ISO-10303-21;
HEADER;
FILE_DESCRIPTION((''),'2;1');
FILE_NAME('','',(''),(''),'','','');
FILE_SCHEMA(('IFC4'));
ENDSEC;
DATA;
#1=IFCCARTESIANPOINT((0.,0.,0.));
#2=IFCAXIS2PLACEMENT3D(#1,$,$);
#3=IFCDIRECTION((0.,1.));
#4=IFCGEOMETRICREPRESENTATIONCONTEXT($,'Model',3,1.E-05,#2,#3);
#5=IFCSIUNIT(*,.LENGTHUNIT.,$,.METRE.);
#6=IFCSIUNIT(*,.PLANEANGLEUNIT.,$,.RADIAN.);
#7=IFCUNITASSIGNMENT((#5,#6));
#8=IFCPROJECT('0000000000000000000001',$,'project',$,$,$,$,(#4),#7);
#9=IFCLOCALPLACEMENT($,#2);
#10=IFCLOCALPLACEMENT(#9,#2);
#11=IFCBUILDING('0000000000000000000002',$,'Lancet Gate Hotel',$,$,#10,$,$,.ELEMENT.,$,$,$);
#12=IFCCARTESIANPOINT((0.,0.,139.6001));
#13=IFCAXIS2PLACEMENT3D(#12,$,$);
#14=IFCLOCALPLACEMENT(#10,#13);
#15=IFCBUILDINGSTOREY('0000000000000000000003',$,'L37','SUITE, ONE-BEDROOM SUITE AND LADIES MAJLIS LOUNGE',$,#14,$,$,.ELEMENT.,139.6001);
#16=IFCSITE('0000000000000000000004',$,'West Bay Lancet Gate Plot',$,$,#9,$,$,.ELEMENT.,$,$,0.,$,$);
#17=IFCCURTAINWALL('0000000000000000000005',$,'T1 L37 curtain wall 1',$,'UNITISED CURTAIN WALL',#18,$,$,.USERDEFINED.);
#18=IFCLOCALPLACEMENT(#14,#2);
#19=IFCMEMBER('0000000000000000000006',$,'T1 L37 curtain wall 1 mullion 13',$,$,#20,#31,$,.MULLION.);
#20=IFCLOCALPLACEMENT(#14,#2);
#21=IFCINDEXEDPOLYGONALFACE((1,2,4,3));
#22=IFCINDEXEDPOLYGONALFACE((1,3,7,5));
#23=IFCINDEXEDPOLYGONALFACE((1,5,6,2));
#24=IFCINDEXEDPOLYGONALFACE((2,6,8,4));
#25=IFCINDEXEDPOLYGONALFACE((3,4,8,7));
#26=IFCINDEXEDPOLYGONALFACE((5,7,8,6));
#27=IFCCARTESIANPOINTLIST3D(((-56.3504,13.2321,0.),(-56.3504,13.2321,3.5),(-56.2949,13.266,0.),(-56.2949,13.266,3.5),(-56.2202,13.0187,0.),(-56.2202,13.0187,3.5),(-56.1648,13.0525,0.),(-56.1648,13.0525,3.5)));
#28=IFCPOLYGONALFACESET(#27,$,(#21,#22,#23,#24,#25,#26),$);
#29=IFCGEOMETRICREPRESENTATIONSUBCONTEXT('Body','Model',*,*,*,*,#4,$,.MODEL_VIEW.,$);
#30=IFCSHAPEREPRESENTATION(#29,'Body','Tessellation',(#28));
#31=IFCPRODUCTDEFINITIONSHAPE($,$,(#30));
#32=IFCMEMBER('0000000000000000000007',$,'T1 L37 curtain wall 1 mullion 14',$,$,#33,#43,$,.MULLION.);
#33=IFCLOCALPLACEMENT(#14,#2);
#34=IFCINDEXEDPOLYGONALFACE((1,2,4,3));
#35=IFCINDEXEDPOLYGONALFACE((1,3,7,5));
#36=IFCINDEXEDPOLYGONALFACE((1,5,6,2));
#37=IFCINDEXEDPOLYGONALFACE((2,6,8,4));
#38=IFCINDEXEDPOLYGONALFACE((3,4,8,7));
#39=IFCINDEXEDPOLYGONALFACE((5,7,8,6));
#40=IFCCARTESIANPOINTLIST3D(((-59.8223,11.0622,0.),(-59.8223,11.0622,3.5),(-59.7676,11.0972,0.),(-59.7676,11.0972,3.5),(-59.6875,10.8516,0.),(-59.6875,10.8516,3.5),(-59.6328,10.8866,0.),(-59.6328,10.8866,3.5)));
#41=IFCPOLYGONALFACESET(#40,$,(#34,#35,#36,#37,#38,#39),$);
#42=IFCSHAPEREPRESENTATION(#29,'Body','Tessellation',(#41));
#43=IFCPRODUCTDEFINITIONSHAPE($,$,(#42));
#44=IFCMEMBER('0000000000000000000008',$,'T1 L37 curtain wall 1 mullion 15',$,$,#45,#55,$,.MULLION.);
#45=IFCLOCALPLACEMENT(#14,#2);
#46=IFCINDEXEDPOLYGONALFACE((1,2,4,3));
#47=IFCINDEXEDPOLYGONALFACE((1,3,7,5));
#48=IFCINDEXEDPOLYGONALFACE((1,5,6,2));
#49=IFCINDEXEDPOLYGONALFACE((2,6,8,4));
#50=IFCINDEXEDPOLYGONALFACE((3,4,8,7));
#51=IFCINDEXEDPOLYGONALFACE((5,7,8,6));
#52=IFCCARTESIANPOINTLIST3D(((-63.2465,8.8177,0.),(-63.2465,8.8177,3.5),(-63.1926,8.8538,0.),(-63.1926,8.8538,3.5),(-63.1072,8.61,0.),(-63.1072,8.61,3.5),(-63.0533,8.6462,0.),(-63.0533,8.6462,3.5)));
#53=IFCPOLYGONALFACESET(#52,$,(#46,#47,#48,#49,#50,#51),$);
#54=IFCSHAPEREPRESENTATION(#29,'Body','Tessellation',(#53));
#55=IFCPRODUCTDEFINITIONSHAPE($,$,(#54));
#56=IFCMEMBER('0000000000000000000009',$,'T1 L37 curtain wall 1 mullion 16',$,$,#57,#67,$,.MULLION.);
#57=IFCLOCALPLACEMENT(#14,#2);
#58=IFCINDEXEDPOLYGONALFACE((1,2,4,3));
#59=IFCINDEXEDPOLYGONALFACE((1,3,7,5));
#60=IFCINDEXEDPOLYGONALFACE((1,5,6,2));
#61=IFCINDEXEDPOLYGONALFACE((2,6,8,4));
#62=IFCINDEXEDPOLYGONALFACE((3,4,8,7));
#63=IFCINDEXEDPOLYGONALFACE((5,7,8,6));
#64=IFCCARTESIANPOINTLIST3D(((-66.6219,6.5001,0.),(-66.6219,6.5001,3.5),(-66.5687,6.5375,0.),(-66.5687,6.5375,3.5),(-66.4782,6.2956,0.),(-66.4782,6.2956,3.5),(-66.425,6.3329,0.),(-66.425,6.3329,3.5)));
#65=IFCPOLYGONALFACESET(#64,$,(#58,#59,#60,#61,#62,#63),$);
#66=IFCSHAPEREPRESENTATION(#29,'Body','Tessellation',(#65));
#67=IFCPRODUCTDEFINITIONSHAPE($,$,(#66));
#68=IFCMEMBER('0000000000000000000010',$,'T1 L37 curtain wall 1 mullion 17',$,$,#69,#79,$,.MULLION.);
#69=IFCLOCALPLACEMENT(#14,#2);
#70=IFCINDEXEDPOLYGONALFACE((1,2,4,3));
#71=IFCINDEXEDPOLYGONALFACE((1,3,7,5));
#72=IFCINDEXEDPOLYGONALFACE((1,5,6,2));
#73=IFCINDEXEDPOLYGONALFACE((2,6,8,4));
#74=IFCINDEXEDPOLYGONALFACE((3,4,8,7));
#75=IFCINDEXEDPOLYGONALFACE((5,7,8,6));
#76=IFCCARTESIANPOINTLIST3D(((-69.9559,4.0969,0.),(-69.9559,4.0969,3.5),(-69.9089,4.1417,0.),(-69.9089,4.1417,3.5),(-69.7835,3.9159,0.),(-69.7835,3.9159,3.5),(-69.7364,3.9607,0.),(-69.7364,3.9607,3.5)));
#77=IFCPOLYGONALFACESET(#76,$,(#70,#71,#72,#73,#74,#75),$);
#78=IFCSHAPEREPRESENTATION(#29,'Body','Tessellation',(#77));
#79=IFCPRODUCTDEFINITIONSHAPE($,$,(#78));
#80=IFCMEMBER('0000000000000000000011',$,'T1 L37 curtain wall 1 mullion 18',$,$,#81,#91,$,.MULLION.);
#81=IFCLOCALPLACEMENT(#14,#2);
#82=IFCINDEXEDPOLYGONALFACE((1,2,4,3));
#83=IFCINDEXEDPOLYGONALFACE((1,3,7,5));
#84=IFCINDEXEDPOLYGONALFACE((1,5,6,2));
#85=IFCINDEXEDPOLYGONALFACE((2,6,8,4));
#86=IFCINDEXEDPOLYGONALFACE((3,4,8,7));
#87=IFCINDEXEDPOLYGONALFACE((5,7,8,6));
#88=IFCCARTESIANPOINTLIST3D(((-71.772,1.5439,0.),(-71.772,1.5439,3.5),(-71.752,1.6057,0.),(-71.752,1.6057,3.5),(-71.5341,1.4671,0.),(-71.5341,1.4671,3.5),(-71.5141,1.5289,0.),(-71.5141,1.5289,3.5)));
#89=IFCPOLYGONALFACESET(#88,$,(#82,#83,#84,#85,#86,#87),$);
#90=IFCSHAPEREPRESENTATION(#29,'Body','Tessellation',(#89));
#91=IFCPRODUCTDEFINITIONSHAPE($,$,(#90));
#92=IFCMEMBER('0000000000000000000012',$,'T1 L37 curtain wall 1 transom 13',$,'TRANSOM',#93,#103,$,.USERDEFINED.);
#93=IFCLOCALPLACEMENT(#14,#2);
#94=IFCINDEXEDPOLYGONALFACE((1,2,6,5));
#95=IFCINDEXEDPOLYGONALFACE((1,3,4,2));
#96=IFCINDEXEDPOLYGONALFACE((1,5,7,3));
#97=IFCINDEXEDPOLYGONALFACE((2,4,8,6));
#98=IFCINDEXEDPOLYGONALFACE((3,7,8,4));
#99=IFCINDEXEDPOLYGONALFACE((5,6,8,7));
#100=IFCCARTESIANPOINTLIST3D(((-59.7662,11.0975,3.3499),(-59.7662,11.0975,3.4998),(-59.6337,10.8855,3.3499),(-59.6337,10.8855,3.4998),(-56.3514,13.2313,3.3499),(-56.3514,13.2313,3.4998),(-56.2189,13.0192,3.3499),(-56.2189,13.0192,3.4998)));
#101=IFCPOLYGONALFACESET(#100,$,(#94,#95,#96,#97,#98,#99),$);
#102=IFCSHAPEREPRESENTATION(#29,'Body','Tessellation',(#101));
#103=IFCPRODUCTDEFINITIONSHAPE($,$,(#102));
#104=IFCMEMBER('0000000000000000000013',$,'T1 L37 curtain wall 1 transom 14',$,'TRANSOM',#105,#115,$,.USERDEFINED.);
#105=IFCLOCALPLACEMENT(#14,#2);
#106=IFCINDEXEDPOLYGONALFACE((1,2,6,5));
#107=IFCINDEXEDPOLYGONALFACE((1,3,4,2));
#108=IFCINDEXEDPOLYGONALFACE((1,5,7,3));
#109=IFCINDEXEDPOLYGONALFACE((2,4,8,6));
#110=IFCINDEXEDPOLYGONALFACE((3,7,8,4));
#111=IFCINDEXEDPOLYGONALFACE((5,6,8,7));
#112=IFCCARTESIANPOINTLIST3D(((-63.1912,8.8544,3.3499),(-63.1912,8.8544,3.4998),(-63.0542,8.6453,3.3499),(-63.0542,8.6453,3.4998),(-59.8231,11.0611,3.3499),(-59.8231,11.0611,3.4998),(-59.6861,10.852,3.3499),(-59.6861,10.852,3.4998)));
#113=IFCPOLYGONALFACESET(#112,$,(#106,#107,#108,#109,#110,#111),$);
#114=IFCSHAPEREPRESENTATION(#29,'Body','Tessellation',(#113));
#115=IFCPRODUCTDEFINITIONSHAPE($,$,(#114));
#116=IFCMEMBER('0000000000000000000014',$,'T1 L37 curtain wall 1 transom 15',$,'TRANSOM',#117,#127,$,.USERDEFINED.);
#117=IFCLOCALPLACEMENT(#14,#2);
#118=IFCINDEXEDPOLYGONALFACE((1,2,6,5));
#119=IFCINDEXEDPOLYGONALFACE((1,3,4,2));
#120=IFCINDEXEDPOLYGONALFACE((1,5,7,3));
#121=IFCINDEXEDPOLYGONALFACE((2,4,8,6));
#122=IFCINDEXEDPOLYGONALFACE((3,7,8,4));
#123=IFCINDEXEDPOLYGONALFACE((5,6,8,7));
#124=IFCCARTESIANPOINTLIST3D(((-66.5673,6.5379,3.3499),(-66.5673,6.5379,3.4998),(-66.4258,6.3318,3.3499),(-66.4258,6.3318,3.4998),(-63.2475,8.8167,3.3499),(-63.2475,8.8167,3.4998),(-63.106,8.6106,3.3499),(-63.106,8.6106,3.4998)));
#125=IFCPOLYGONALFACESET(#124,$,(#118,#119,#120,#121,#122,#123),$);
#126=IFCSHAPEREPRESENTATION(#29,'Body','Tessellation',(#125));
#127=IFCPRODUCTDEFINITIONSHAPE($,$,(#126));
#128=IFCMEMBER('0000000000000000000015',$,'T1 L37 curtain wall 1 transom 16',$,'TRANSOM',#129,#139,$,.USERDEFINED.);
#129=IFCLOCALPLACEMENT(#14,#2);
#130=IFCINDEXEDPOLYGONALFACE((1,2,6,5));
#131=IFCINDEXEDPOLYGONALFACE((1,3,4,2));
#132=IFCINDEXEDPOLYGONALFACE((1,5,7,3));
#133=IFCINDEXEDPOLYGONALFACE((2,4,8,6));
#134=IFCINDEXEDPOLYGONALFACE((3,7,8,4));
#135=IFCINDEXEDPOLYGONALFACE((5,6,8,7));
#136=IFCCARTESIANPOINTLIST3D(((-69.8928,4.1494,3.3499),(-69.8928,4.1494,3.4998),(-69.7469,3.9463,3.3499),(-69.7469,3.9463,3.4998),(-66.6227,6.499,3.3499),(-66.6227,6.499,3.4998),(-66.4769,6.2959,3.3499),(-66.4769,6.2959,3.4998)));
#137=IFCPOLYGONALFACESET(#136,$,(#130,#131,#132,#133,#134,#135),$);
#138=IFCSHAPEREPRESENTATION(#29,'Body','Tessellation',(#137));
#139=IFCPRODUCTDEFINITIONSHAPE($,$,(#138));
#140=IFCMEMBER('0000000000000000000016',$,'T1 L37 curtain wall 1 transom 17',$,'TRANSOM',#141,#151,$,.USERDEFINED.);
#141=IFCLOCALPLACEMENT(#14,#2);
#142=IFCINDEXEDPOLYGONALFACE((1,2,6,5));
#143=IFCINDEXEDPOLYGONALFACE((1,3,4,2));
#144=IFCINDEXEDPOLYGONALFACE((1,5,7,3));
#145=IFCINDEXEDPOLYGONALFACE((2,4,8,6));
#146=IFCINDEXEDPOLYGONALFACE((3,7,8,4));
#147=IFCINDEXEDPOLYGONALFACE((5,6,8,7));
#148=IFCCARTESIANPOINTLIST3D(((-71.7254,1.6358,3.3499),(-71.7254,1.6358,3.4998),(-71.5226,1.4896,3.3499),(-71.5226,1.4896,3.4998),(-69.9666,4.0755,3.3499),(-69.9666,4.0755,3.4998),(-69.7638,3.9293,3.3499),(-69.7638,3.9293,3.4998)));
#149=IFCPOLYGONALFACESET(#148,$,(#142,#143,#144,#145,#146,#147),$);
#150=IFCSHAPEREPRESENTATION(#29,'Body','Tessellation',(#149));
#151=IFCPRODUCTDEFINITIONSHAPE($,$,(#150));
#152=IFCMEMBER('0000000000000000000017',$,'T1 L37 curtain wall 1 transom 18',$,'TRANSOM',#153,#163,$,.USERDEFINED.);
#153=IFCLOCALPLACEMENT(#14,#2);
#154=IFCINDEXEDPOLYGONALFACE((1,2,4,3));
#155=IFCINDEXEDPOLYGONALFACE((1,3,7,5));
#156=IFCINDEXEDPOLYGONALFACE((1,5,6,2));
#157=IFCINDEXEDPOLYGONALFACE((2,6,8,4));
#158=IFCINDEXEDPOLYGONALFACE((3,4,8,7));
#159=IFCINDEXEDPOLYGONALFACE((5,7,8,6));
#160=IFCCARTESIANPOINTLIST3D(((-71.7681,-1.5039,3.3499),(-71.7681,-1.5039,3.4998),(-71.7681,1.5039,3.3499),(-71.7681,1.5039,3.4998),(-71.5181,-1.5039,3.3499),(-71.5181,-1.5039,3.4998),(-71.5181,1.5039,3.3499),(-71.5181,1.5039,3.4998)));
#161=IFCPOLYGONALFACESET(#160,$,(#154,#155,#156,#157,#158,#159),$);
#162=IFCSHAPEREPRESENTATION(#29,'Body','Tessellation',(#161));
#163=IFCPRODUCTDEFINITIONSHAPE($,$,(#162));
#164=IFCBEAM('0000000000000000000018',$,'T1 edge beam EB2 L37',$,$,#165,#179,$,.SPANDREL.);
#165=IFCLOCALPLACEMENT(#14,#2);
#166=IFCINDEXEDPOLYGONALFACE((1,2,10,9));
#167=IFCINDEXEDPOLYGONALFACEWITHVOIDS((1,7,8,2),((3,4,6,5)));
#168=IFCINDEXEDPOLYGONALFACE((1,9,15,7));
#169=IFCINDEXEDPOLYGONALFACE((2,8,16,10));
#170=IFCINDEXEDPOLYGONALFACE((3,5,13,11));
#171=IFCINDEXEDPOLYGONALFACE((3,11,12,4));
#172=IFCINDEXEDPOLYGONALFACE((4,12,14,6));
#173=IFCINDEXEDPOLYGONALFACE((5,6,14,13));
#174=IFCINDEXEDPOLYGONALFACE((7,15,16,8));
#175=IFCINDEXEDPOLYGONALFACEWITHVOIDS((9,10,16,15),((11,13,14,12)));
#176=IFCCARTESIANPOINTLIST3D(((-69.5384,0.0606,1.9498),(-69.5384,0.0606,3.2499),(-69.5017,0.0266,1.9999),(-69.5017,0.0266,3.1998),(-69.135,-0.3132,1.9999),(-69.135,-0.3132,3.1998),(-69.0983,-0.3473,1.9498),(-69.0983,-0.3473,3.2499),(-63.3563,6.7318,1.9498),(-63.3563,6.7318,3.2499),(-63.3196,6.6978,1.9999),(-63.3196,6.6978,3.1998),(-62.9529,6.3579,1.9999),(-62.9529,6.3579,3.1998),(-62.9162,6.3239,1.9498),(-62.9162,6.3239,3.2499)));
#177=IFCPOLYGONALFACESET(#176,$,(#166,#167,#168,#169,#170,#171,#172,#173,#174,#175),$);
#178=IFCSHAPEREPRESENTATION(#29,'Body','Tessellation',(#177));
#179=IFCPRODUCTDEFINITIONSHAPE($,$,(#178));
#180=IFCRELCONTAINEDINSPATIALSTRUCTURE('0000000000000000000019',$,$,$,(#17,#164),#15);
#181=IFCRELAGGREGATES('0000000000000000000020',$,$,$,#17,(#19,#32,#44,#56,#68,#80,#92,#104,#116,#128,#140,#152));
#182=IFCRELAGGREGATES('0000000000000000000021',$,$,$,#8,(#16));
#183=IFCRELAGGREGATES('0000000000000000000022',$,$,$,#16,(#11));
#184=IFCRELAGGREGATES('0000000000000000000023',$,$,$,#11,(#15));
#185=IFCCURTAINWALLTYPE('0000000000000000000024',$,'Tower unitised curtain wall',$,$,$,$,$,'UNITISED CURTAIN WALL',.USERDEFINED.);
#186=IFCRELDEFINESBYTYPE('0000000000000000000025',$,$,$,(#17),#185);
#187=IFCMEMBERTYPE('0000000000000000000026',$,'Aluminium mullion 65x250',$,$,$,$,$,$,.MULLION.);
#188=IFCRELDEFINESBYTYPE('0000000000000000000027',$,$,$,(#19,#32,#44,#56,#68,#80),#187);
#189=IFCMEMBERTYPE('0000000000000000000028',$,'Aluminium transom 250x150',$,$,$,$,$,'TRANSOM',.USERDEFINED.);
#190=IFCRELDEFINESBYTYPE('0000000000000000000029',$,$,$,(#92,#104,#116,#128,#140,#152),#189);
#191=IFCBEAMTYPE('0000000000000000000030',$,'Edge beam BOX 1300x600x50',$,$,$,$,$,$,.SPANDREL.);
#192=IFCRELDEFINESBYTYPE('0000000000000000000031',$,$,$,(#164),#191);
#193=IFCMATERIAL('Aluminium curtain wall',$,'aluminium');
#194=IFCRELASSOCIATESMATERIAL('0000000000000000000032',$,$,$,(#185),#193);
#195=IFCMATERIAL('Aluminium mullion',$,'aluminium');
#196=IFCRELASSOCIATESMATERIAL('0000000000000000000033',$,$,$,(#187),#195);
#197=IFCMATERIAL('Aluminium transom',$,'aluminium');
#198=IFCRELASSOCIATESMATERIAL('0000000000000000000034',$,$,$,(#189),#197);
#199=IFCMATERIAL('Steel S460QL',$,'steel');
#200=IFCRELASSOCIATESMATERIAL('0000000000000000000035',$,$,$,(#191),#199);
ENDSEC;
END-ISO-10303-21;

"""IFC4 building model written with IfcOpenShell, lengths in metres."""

from ifc_helpers import new_model, si_unit, direction, frame, origin, origin_2d, place, context, subcontext, project, spatial, rectangle, hollow_rectangle, extrude, material, material_profile, profile_set, type_object, element, aggregate, save


model = new_model("IFC4")

# Units and contexts
model_context = context("Model", 3, precision=1e-05, world=origin(), true_north=direction((0.0, 1.0)))
body_context = subcontext(model_context, "Body", "Model", "MODEL_VIEW")
ifc_project = project(units=[si_unit("LENGTHUNIT", "METRE"), si_unit("PLANEANGLEUNIT", "RADIAN")], contexts=[model_context])

# Site, building, storey
site_placement = place(None, origin())
site = spatial("IfcSite", under=ifc_project, at=site_placement, Name="West Bay Lancet Gate Plot", CompositionType="ELEMENT", RefElevation=0.0)
building_placement = place(site_placement, origin())
building = spatial("IfcBuilding", under=site, at=building_placement, Name="Lancet Gate Hotel", CompositionType="ELEMENT")
storey_placement = place(building_placement, frame((0.0, 0.0, 139.6001)))
storey = spatial("IfcBuildingStorey", under=building, at=storey_placement, Name="L37", Description="SUITE, ONE-BEDROOM SUITE AND LADIES MAJLIS LOUNGE", CompositionType="ELEMENT", Elevation=139.6001)

# Curtain wall, members
ifc_material_1 = material(Name="Aluminium curtain wall", Category="aluminium")
curtain_wall_type = type_object("IfcCurtainWallType", Name="Tower unitised curtain wall", ElementType="UNITISED CURTAIN WALL", PredefinedType="USERDEFINED", material=ifc_material_1)
curtain_wall_placement = place(storey_placement, origin())
curtain_wall = element("IfcCurtainWall", 1, at=curtain_wall_placement, inside=storey, type_object=curtain_wall_type, Name="T1 L37 curtain wall 1", ObjectType="UNITISED CURTAIN WALL", PredefinedType="USERDEFINED")
ifc_material_2 = material(Name="Aluminium mullion", Category="aluminium")
ifc_material_profile_1 = material_profile(ifc_material_2, rectangle(XDim=0.0649, YDim=0.25, at=origin_2d()), Name="MULLION 65x250")
ifc_profile_set_1 = profile_set([ifc_material_profile_1], Name="Aluminium mullion")
member_type_1 = type_object("IfcMemberType", Name="Aluminium mullion 65x250", PredefinedType="MULLION", material=ifc_profile_set_1)
member_1_placement = place(storey_placement, frame((-56.2576, 13.1423, 0.0), z_axis=(0.0, 0.0, 1.0), x_axis=(-0.853716, -0.520739, 0.0)))
member_1 = element("IfcMember", 2, at=member_1_placement, type_object=member_type_1, Name="T1 L37 curtain wall 1 mullion 13", PredefinedType="MULLION", context=body_context, shape_type="SweptSolid", body=[
    extrude(rectangle(XDim=0.0649, YDim=0.25, at=origin_2d()), origin(), (0.0, 0.0, 1.0), 3.5),
])
member_2_placement = place(storey_placement, frame((-59.7275, 10.9744, 0.0), z_axis=(0.0, 0.0, 1.0), x_axis=(-0.842308, -0.538996, 0.0)))
member_2 = element("IfcMember", 3, at=member_2_placement, type_object=member_type_1, Name="T1 L37 curtain wall 1 mullion 14", PredefinedType="MULLION", context=body_context, shape_type="SweptSolid", body=[
    extrude(rectangle(XDim=0.0649, YDim=0.25, at=origin_2d()), origin(), (0.0, 0.0, 1.0), 3.5),
])
member_3_placement = place(storey_placement, frame((-63.1499, 8.7319, 0.0), z_axis=(0.0, 0.0, 1.0), x_axis=(-0.83051, -0.557004, 0.0)))
member_3 = element("IfcMember", 4, at=member_3_placement, type_object=member_type_1, Name="T1 L37 curtain wall 1 mullion 15", PredefinedType="MULLION", context=body_context, shape_type="SweptSolid", body=[
    extrude(rectangle(XDim=0.0649, YDim=0.25, at=origin_2d()), origin(), (0.0, 0.0, 1.0), 3.5),
])
member_4_placement = place(storey_placement, frame((-66.5234, 6.4165, 0.0), z_axis=(0.0, 0.0, 1.0), x_axis=(-0.818327, -0.574753, 0.0)))
member_4 = element("IfcMember", 5, at=member_4_placement, type_object=member_type_1, Name="T1 L37 curtain wall 1 mullion 16", PredefinedType="MULLION", context=body_context, shape_type="SweptSolid", body=[
    extrude(rectangle(XDim=0.0649, YDim=0.25, at=origin_2d()), origin(), (0.0, 0.0, 1.0), 3.5),
])
member_5_placement = place(storey_placement, frame((-69.8462, 4.0288, 0.0), z_axis=(0.0, 0.0, 1.0), x_axis=(-0.723846, -0.689961, 0.0)))
member_5 = element("IfcMember", 6, at=member_5_placement, type_object=member_type_1, Name="T1 L37 curtain wall 1 mullion 17", PredefinedType="MULLION", context=body_context, shape_type="SweptSolid", body=[
    extrude(rectangle(XDim=0.0649, YDim=0.25, at=origin_2d()), origin(), (0.0, 0.0, 1.0), 3.5),
])
member_6_placement = place(storey_placement, frame((-71.6431, 1.5364, 0.0), z_axis=(0.0, 0.0, 1.0), x_axis=(-0.307269, -0.951623, 0.0)))
member_6 = element("IfcMember", 7, at=member_6_placement, type_object=member_type_1, Name="T1 L37 curtain wall 1 mullion 18", PredefinedType="MULLION", context=body_context, shape_type="SweptSolid", body=[
    extrude(rectangle(XDim=0.0649, YDim=0.25, at=origin_2d()), origin(), (0.0, 0.0, 1.0), 3.5),
])
ifc_material_3 = material(Name="Aluminium transom", Category="aluminium")
ifc_material_profile_2 = material_profile(ifc_material_3, rectangle(XDim=0.25, YDim=0.1499, at=origin_2d()), Name="TRANSOM 250x150")
ifc_profile_set_2 = profile_set([ifc_material_profile_2], Name="Aluminium transom")
member_type_2 = type_object("IfcMemberType", Name="Aluminium transom 250x150", ElementType="TRANSOM", PredefinedType="USERDEFINED", material=ifc_profile_set_2)
member_7_placement = place(storey_placement, frame((-56.2852, 13.1252, 3.4248), z_axis=(-0.848049, -0.529917, 0.0), x_axis=(0.529917, -0.848049, 0.0)))
member_7 = element("IfcMember", 8, at=member_7_placement, type_object=member_type_2, Name="T1 L37 curtain wall 1 transom 13", ObjectType="TRANSOM", PredefinedType="USERDEFINED", context=body_context, shape_type="SweptSolid", body=[
    extrude(rectangle(XDim=0.25, YDim=0.1499, at=origin_2d()), origin(), (0.0, 0.0, 1.0), 4.0266),
])
member_8_placement = place(storey_placement, frame((-59.7546, 10.9565, 3.4248), z_axis=(-0.836454, -0.548036, 0.0), x_axis=(0.548036, -0.836454, 0.0)))
member_8 = element("IfcMember", 9, at=member_8_placement, type_object=member_type_2, Name="T1 L37 curtain wall 1 transom 14", ObjectType="TRANSOM", PredefinedType="USERDEFINED", context=body_context, shape_type="SweptSolid", body=[
    extrude(rectangle(XDim=0.25, YDim=0.1499, at=origin_2d()), origin(), (0.0, 0.0, 1.0), 4.0266),
])
member_9_placement = place(storey_placement, frame((-63.1768, 8.7136, 3.4248), z_axis=(-0.824456, -0.565927, 0.0), x_axis=(0.565927, -0.824456, 0.0)))
member_9 = element("IfcMember", 10, at=member_9_placement, type_object=member_type_2, Name="T1 L37 curtain wall 1 transom 15", ObjectType="TRANSOM", PredefinedType="USERDEFINED", context=body_context, shape_type="SweptSolid", body=[
    extrude(rectangle(XDim=0.25, YDim=0.1499, at=origin_2d()), origin(), (0.0, 0.0, 1.0), 4.0266),
])
member_10_placement = place(storey_placement, frame((-66.5498, 6.3975, 3.4248), z_axis=(-0.8121, -0.583519, 0.0), x_axis=(0.583519, -0.8121, 0.0)))
member_10 = element("IfcMember", 11, at=member_10_placement, type_object=member_type_2, Name="T1 L37 curtain wall 1 transom 16", ObjectType="TRANSOM", PredefinedType="USERDEFINED", context=body_context, shape_type="SweptSolid", body=[
    extrude(rectangle(XDim=0.25, YDim=0.1499, at=origin_2d()), origin(), (0.0, 0.0, 1.0), 4.0266),
])
member_11_placement = place(storey_placement, frame((-69.8652, 4.0024, 3.4248), z_axis=(-0.584788, -0.811186, 0.0), x_axis=(0.811186, -0.584788, 0.0)))
member_11 = element("IfcMember", 12, at=member_11_placement, type_object=member_type_2, Name="T1 L37 curtain wall 1 transom 17", ObjectType="TRANSOM", PredefinedType="USERDEFINED", context=body_context, shape_type="SweptSolid", body=[
    extrude(rectangle(XDim=0.25, YDim=0.1499, at=origin_2d()), origin(), (0.0, 0.0, 1.0), 3.0076),
])
member_12_placement = place(storey_placement, frame((-71.6431, 1.5039, 3.4248), z_axis=(0.0, -1.0, 0.0), x_axis=(1.0, 0.0, 0.0)))
member_12 = element("IfcMember", 13, at=member_12_placement, type_object=member_type_2, Name="T1 L37 curtain wall 1 transom 18", ObjectType="TRANSOM", PredefinedType="USERDEFINED", context=body_context, shape_type="SweptSolid", body=[
    extrude(rectangle(XDim=0.25, YDim=0.1499, at=origin_2d()), origin(), (0.0, 0.0, 1.0), 3.0078),
])

# Beam
ifc_material_4 = material(Name="Steel S460QL", Category="steel")
ifc_material_profile_3 = material_profile(ifc_material_4, hollow_rectangle(XDim=0.6001, YDim=1.3, WallThickness=0.05, at=origin_2d()), Name="BOX 1300x600x50")
ifc_profile_set_3 = profile_set([ifc_material_profile_3], Name="Steel S460QL")
beam_type_1 = type_object("IfcBeamType", Name="Edge beam BOX 1300x600x50", PredefinedType="SPANDREL", material=ifc_profile_set_3)
beam_1_placement = place(storey_placement, frame((-63.1362, 6.5278, 2.5999), z_axis=(-0.679713, -0.733479, 0.0), x_axis=(0.733479, -0.679713, 0.0)))
element("IfcBeam", 14, at=beam_1_placement, inside=storey, type_object=beam_type_1, Name="T1 edge beam EB2 L37", PredefinedType="SPANDREL", context=body_context, shape_type="SweptSolid", body=[
    extrude(hollow_rectangle(XDim=0.6001, YDim=1.3, WallThickness=0.05, at=origin_2d()), origin(), (0.0, 0.0, 1.0), 9.0952),
])

aggregate(curtain_wall, [member_1, member_2, member_3, member_4, member_5, member_6, member_7, member_8, member_9, member_10, member_11, member_12])

save(model, "model.ifc")
